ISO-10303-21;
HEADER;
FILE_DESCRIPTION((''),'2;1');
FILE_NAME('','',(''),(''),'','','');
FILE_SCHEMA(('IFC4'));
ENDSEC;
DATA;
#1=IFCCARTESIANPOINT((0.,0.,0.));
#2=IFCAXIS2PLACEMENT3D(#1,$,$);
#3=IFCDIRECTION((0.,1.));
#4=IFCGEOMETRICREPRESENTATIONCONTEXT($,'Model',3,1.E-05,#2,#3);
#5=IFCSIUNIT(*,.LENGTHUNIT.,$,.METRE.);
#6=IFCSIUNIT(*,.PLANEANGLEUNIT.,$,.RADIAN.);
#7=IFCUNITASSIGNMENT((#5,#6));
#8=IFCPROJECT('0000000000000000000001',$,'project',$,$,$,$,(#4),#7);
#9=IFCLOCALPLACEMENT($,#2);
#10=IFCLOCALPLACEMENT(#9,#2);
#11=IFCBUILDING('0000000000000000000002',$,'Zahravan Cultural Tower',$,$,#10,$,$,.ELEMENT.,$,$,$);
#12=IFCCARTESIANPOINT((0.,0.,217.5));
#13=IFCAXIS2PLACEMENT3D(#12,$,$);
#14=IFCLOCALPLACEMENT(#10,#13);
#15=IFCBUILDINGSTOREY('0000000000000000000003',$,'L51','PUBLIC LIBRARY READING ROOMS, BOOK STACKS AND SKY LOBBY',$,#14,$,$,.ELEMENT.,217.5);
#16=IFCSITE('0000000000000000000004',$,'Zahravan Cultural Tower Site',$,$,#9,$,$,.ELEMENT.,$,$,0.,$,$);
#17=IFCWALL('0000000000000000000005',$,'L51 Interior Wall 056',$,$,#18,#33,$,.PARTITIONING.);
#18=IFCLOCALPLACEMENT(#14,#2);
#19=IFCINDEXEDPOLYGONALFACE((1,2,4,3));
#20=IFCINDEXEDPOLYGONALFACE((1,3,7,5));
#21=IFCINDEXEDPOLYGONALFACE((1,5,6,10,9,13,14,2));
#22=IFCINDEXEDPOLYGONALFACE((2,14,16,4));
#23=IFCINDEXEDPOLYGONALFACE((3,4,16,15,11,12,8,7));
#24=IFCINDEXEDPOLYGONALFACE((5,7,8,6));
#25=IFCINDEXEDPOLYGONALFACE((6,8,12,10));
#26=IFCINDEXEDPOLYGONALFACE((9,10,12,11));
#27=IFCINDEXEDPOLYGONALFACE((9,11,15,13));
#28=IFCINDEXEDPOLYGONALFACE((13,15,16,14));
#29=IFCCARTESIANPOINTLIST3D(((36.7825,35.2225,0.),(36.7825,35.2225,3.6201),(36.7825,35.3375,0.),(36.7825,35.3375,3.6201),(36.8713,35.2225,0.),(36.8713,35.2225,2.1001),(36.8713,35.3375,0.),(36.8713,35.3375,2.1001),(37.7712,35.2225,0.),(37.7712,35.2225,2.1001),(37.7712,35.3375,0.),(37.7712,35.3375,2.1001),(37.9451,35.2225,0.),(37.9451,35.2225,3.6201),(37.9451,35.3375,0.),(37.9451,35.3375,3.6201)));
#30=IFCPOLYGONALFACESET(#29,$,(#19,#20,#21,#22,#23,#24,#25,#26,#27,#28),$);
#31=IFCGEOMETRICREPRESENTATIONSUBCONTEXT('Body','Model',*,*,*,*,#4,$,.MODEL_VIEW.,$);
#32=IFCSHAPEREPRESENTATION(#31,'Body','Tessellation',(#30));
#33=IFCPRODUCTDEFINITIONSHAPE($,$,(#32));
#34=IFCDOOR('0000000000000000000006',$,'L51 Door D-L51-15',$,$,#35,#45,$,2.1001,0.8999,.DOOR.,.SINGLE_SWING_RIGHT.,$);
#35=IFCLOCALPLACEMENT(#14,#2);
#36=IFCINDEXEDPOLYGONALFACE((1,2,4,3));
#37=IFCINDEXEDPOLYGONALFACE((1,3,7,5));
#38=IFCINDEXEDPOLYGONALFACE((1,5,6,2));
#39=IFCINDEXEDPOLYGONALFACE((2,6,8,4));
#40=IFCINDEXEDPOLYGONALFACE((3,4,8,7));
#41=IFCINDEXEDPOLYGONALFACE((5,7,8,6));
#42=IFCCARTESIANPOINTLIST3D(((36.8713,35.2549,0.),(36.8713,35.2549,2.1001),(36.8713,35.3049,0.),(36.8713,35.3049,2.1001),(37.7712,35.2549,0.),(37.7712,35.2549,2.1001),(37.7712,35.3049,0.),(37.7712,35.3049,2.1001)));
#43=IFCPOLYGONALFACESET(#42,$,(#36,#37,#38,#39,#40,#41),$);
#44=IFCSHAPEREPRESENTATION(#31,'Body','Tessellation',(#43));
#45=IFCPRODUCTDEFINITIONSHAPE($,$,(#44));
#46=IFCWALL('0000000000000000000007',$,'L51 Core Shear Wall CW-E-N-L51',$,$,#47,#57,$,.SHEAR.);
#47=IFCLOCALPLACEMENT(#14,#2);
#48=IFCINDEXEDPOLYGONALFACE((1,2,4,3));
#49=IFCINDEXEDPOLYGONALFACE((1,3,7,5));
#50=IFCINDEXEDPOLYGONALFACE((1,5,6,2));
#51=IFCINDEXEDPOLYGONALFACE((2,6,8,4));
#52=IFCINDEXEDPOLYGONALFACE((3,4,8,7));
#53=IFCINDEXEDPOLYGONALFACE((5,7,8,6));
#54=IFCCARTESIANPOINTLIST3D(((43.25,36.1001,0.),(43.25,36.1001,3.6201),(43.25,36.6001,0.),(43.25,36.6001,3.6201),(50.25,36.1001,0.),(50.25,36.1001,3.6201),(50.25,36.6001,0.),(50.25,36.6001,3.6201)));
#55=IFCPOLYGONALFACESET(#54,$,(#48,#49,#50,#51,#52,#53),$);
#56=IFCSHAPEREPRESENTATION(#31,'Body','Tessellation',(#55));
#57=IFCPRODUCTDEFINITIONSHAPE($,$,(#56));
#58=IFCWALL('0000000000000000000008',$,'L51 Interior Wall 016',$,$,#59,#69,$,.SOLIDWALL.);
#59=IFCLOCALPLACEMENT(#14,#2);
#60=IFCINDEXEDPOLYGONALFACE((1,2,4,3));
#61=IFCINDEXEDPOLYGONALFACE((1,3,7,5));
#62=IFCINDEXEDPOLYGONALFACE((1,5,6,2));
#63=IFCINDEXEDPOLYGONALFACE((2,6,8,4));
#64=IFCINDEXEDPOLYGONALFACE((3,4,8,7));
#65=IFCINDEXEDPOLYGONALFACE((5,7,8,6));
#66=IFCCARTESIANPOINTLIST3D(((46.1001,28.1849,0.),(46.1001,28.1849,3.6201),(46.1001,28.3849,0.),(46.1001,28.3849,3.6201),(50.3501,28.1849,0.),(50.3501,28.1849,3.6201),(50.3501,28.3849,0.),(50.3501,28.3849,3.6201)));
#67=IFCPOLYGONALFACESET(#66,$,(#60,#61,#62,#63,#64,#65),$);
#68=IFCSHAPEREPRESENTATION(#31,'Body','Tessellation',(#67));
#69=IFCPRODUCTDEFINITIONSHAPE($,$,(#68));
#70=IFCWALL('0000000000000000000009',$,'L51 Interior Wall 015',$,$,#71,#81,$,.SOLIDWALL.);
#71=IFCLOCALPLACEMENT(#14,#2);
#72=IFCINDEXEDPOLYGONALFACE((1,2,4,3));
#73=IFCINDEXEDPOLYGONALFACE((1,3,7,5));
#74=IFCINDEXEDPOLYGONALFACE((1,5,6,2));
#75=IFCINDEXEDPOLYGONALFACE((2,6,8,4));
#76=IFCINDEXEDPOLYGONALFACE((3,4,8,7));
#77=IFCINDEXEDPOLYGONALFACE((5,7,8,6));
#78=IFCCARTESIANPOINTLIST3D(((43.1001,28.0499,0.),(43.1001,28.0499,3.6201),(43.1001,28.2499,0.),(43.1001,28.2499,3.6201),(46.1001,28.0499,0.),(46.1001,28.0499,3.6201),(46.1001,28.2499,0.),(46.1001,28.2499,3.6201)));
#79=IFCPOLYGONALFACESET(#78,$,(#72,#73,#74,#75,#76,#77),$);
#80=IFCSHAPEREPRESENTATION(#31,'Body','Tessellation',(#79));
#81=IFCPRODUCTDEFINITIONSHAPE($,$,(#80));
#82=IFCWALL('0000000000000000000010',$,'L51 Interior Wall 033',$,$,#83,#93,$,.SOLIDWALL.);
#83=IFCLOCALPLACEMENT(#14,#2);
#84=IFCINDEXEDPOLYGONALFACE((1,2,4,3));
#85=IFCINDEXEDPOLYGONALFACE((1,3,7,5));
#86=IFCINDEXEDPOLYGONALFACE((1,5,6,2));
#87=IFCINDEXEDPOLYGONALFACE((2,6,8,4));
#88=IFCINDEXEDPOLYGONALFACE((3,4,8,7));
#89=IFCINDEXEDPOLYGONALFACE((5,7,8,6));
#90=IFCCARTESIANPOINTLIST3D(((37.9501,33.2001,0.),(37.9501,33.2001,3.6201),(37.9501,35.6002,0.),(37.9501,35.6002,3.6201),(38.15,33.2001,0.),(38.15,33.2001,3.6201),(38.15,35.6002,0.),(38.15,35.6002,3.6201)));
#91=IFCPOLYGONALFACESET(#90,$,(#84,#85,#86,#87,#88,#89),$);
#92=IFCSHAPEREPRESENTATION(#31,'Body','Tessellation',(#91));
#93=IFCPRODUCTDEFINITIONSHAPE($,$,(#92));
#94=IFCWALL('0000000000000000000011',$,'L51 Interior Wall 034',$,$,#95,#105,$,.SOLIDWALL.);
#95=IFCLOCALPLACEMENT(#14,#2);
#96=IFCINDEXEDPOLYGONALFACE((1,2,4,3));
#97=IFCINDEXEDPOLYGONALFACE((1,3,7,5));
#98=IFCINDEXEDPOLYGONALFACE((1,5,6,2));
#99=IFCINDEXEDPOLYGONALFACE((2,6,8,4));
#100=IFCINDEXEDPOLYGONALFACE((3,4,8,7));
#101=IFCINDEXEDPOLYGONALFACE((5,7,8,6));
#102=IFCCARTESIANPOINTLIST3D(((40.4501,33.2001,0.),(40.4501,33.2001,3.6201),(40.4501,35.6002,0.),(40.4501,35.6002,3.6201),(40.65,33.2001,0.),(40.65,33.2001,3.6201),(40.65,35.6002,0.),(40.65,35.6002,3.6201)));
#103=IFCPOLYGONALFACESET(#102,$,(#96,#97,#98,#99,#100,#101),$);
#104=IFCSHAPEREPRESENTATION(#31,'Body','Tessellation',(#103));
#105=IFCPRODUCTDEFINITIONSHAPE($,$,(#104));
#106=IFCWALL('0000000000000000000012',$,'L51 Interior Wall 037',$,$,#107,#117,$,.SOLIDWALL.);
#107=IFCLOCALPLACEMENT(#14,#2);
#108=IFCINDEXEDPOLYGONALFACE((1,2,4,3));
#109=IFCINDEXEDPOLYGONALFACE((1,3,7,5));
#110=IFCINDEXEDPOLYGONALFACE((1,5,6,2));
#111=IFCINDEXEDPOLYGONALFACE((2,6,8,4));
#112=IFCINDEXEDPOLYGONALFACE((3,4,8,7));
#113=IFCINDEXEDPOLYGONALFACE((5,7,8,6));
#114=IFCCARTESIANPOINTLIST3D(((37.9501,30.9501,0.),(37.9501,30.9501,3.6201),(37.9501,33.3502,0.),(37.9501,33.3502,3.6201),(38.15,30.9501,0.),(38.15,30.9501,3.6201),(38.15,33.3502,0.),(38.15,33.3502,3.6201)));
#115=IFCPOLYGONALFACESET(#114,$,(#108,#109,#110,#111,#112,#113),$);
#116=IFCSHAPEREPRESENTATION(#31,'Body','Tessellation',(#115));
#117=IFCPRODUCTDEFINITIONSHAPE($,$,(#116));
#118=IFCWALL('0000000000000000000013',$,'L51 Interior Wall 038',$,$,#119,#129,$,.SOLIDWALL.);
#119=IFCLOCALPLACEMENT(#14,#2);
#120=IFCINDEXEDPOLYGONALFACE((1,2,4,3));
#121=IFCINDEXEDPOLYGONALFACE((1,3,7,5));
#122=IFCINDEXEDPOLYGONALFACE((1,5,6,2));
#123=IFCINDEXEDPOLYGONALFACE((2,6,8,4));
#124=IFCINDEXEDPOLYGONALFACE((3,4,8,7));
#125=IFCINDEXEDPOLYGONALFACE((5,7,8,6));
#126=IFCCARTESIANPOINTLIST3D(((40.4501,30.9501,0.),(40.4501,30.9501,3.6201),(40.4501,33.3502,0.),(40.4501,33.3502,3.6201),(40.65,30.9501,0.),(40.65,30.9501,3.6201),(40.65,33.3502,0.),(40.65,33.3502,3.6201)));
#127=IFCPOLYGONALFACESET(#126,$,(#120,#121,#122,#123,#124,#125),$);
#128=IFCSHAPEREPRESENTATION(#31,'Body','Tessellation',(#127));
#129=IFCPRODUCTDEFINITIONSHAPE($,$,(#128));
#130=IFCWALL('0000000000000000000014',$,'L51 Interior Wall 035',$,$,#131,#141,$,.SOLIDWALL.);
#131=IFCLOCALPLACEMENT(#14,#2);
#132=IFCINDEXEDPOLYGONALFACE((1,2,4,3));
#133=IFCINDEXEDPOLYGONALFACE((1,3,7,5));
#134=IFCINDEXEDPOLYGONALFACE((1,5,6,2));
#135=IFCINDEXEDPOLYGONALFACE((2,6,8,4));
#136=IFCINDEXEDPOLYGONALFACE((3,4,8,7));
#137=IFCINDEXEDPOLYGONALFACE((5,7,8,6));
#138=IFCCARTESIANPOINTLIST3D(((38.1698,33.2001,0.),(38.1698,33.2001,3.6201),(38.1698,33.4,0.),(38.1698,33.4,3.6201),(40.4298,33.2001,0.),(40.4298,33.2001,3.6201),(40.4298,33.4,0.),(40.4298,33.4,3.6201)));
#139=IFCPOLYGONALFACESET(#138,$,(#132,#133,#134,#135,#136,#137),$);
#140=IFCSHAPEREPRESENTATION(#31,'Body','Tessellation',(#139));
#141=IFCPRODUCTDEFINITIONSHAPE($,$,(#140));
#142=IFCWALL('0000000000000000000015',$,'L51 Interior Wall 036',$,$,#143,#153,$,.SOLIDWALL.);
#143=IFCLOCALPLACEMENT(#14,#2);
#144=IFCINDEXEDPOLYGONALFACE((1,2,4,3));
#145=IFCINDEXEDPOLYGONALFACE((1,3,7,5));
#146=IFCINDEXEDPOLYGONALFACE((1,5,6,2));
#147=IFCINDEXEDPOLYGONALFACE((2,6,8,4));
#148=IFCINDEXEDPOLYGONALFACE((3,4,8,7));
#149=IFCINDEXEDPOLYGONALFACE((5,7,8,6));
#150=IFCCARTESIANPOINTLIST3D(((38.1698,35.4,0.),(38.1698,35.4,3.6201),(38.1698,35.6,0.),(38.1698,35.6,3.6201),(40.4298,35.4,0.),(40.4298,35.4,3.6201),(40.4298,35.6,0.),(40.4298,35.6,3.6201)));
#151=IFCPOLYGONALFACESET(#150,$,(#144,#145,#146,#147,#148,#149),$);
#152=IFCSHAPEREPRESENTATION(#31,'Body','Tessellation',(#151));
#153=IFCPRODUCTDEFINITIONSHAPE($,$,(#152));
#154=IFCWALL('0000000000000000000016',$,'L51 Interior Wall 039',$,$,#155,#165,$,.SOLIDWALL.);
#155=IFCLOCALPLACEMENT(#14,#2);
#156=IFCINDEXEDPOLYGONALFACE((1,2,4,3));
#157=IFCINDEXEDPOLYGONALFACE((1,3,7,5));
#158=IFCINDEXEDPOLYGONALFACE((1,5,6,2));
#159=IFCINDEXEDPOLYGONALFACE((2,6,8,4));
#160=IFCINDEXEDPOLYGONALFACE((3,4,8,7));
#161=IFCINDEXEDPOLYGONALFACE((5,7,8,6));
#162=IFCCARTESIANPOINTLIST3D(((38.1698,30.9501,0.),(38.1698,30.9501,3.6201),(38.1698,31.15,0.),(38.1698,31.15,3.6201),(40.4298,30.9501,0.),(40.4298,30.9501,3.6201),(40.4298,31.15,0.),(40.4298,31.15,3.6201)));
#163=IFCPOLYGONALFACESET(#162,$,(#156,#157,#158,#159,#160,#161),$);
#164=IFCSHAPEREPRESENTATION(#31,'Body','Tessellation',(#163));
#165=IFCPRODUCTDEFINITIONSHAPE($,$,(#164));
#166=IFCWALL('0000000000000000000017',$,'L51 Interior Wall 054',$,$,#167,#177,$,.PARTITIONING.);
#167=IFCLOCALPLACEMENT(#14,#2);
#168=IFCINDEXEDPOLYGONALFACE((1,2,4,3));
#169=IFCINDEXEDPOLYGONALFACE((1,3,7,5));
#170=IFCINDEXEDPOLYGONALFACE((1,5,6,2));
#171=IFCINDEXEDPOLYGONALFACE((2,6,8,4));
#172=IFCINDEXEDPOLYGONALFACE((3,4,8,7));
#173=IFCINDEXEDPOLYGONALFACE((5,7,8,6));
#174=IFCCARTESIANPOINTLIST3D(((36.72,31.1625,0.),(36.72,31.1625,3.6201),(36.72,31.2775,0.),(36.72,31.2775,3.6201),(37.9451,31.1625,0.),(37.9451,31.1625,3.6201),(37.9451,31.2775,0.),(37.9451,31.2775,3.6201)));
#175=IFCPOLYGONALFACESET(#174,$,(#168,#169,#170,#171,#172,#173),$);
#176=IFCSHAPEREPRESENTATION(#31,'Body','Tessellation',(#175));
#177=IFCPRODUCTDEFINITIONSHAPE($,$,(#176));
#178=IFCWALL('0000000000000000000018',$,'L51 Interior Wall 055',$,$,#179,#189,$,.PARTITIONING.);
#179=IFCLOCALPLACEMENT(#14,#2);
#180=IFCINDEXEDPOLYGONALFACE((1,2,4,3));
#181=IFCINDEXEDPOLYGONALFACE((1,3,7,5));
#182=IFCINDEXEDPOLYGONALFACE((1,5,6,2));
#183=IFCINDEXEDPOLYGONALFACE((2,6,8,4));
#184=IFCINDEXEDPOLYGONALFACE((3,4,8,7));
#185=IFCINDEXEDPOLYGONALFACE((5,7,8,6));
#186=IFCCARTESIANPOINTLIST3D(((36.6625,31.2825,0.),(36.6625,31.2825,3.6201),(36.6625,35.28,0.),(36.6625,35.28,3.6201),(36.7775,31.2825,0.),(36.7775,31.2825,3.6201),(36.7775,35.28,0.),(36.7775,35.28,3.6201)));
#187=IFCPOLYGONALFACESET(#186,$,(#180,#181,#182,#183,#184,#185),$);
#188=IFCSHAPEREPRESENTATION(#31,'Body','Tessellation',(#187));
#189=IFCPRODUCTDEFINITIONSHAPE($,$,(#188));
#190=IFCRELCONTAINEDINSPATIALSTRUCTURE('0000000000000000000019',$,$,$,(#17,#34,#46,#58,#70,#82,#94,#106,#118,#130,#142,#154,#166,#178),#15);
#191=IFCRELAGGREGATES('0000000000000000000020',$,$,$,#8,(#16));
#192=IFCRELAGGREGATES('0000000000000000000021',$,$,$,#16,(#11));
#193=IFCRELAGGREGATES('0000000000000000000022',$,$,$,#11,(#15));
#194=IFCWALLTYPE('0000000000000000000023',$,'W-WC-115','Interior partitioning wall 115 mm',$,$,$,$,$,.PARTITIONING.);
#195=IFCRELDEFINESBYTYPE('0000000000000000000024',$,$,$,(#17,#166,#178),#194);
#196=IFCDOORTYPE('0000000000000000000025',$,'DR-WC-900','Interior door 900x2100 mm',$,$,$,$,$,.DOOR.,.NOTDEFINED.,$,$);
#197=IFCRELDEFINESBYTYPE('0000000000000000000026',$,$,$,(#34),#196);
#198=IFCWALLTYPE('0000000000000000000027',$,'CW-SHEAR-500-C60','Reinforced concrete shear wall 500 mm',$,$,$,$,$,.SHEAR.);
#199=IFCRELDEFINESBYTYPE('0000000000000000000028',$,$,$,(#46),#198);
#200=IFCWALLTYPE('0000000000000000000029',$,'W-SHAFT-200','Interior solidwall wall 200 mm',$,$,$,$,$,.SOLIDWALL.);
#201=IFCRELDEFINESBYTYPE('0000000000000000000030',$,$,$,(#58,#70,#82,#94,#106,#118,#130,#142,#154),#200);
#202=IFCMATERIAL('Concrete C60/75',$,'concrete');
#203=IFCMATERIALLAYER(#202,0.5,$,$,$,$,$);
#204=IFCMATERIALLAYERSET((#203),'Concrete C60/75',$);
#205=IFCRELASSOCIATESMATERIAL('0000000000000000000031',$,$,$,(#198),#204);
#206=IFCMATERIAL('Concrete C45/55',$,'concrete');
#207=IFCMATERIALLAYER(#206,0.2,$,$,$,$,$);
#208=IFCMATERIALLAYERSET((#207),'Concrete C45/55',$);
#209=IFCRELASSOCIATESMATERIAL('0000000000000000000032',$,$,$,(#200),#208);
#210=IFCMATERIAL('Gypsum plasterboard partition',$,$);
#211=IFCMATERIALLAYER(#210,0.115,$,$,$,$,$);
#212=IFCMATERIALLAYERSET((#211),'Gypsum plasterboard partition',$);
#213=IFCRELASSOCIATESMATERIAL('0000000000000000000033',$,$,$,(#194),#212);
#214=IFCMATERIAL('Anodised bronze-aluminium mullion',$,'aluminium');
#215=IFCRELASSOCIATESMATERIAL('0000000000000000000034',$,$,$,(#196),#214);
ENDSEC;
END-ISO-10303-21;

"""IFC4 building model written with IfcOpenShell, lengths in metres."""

from ifc_helpers import new_model, si_unit, direction, frame, frame_2d, origin, place, context, subcontext, project, spatial, rectangle, extrude, source, transform, mapped, material, layer, layer_set, type_object, element, fill, save


model = new_model("IFC4")

# Units and contexts
model_context = context("Model", 3, precision=1e-05, world=origin(), true_north=direction((0.0, 1.0)))
body_context = subcontext(model_context, "Body", "Model", "MODEL_VIEW")
ifc_project = project(units=[si_unit("LENGTHUNIT", "METRE"), si_unit("PLANEANGLEUNIT", "RADIAN")], contexts=[model_context])

# Site, building, storey
site_placement = place(None, origin())
site = spatial("IfcSite", under=ifc_project, at=site_placement, Name="Zahravan Cultural Tower Site", CompositionType="ELEMENT", RefElevation=0.0)
building_placement = place(site_placement, origin())
building = spatial("IfcBuilding", under=site, at=building_placement, Name="Zahravan Cultural Tower", CompositionType="ELEMENT")
storey_placement = place(building_placement, frame((0.0, 0.0, 217.5)))
storey = spatial("IfcBuildingStorey", under=building, at=storey_placement, Name="L51", Description="PUBLIC LIBRARY READING ROOMS, BOOK STACKS AND SKY LOBBY", CompositionType="ELEMENT", Elevation=217.5)

# Wall, opening, door
ifc_material_1 = material(Name="Concrete C60/75", Category="concrete")
ifc_layer_1 = layer(ifc_material_1, 0.5)
ifc_layer_set_1 = layer_set([ifc_layer_1], Name="Concrete C60/75")
wall_type_1 = type_object("IfcWallType", Name="CW-SHEAR-500-C60", Description="Reinforced concrete shear wall 500 mm", PredefinedType="SHEAR", material=ifc_layer_set_1)
ifc_material_2 = material(Name="Gypsum plasterboard partition")
ifc_material_3 = material(Name="Anodised bronze-aluminium mullion", Category="aluminium")
ifc_material_4 = material(Name="Concrete C45/55", Category="concrete")
ifc_layer_2 = layer(ifc_material_4, 0.2)
ifc_layer_set_2 = layer_set([ifc_layer_2], Name="Concrete C45/55")
wall_type_2 = type_object("IfcWallType", Name="W-SHAFT-200", Description="Interior solidwall wall 200 mm", PredefinedType="SOLIDWALL", material=ifc_layer_set_2)
ifc_layer_3 = layer(ifc_material_2, 0.115)
ifc_layer_set_3 = layer_set([ifc_layer_3], Name="Gypsum plasterboard partition")
wall_type_3 = type_object("IfcWallType", Name="W-WC-115", Description="Interior partitioning wall 115 mm", PredefinedType="PARTITIONING", material=ifc_layer_set_3)
wall_1_placement = place(storey_placement, frame((36.7825, 35.28, 0.0), z_axis=(0.0, 0.0, 1.0), x_axis=(1.0, 0.0, 0.0)))
wall_1 = element("IfcWall", 1, at=wall_1_placement, inside=storey, type_object=wall_type_3, Name="L51 Interior Wall 056", PredefinedType="PARTITIONING", context=body_context, shape_type="SweptSolid", body=[
    extrude(rectangle(XDim=1.1626, YDim=0.115, at=frame_2d((0.5813, 0.0))), origin(), (0.0, 0.0, 1.0), 3.6201),
])
opening_1_placement = place(wall_1_placement, frame((0.0889, 0.0, 0.0)))
opening_1 = element("IfcOpeningElement", 2, at=opening_1_placement, cuts=wall_1, PredefinedType="OPENING", context=body_context, shape_type="SweptSolid", body=[
    extrude(rectangle(XDim=0.8999, YDim=2.1001, at=frame_2d((0.45, 1.05))), frame((0.0, 0.0674, 0.0), z_axis=(0.0, -1.0, 0.0), x_axis=(1.0, 0.0, 0.0)), (0.0, 0.0, 1.0), 0.135),
])
door_type_1 = type_object("IfcDoorType", Name="DR-WC-900", Description="Interior door 900x2100 mm", OperationType="NOTDEFINED", PredefinedType="DOOR", material=ifc_material_3)
shared_shape_1 = source(origin(), body_context, "Body", "SweptSolid", [
    extrude(rectangle(XDim=0.8999, YDim=2.1001, at=frame_2d((0.45, 1.05))), frame((0.0, 0.0249, 0.0), z_axis=(0.0, -1.0, 0.0), x_axis=(1.0, 0.0, 0.0)), (0.0, 0.0, 1.0), 0.05),
])
door_1_placement = place(opening_1_placement, origin())
door_1 = element("IfcDoor", 3, at=door_1_placement, inside=storey, type_object=door_type_1, Name="L51 Door D-L51-15", OperationType="SINGLE_SWING_RIGHT", OverallHeight=2.1001, OverallWidth=0.8999, PredefinedType="DOOR", context=body_context, shape_type="MappedRepresentation", body=[
    mapped(shared_shape_1, transform((0.0, 0.0, 0.0), x_axis=(1.0, 0.0, 0.0), y_axis=(0.0, 1.0, 0.0), z_axis=(0.0, 0.0, 1.0), scale=1.0)),
])
fill(opening_1, door_1)

# Walls
shared_shape_2 = source(origin(), body_context, "Body", "SweptSolid", [
    extrude(rectangle(XDim=7.0, YDim=0.5, at=frame_2d((3.5, 0.0))), origin(), (0.0, 0.0, 1.0), 3.6201),
])
wall_2_placement = place(storey_placement, frame((43.25, 36.3501, 0.0), z_axis=(0.0, 0.0, 1.0), x_axis=(1.0, 0.0, 0.0)))
element("IfcWall", 4, at=wall_2_placement, inside=storey, type_object=wall_type_1, Name="L51 Core Shear Wall CW-E-N-L51", PredefinedType="SHEAR", context=body_context, shape_type="MappedRepresentation", body=[
    mapped(shared_shape_2, transform((0.0, 0.0, 0.0), x_axis=(1.0, 0.0, 0.0), y_axis=(0.0, 1.0, 0.0), z_axis=(0.0, 0.0, 1.0), scale=1.0)),
])
shared_shape_3 = source(origin(), body_context, "Body", "SweptSolid", [
    extrude(rectangle(XDim=4.25, YDim=0.2, at=frame_2d((2.125, 0.0))), origin(), (0.0, 0.0, 1.0), 3.6201),
])
wall_3_placement = place(storey_placement, frame((46.1001, 28.2849, 0.0), z_axis=(0.0, 0.0, 1.0), x_axis=(1.0, 0.0, 0.0)))
element("IfcWall", 5, at=wall_3_placement, inside=storey, type_object=wall_type_2, Name="L51 Interior Wall 016", PredefinedType="SOLIDWALL", context=body_context, shape_type="MappedRepresentation", body=[
    mapped(shared_shape_3, transform((0.0, 0.0, 0.0), x_axis=(1.0, 0.0, 0.0), y_axis=(0.0, 1.0, 0.0), z_axis=(0.0, 0.0, 1.0), scale=1.0)),
])
shared_shape_4 = source(origin(), body_context, "Body", "SweptSolid", [
    extrude(rectangle(XDim=3.0, YDim=0.2, at=frame_2d((1.5, 0.0))), origin(), (0.0, 0.0, 1.0), 3.6201),
])
wall_4_placement = place(storey_placement, frame((43.1001, 28.1499, 0.0), z_axis=(0.0, 0.0, 1.0), x_axis=(1.0, 0.0, 0.0)))
element("IfcWall", 6, at=wall_4_placement, inside=storey, type_object=wall_type_2, Name="L51 Interior Wall 015", PredefinedType="SOLIDWALL", context=body_context, shape_type="MappedRepresentation", body=[
    mapped(shared_shape_4, transform((0.0, 0.0, 0.0), x_axis=(1.0, 0.0, 0.0), y_axis=(0.0, 1.0, 0.0), z_axis=(0.0, 0.0, 1.0), scale=1.0)),
])
shared_shape_5 = source(origin(), body_context, "Body", "SweptSolid", [
    extrude(rectangle(XDim=2.4001, YDim=0.2, at=frame_2d((1.2002, 0.0))), origin(), (0.0, 0.0, 1.0), 3.6201),
])
for number, where, z_axis, x_axis, name in (
    (7, (38.05, 33.2, 0.0), (0.0, 0.0, 1.0), (0.0, 1.0, 0.0), "L51 Interior Wall 033"),
    (8, (40.55, 33.2, 0.0), (0.0, 0.0, 1.0), (0.0, 1.0, 0.0), "L51 Interior Wall 034"),
    (9, (38.05, 30.95, 0.0), (0.0, 0.0, 1.0), (0.0, 1.0, 0.0), "L51 Interior Wall 037"),
    (10, (40.55, 30.95, 0.0), (0.0, 0.0, 1.0), (0.0, 1.0, 0.0), "L51 Interior Wall 038"),
):
    element("IfcWall", number, at=place(storey_placement, frame(where, z_axis=z_axis, x_axis=x_axis)), inside=storey, type_object=wall_type_2, Name=name, PredefinedType="SOLIDWALL", context=body_context, shape_type="MappedRepresentation", body=[
        mapped(shared_shape_5, transform((0.0, 0.0, 0.0), x_axis=(1.0, 0.0, 0.0), y_axis=(0.0, 1.0, 0.0), z_axis=(0.0, 0.0, 1.0), scale=1.0)),
    ])
shared_shape_6 = source(origin(), body_context, "Body", "SweptSolid", [
    extrude(rectangle(XDim=2.26, YDim=0.2, at=frame_2d((1.1299, 0.0))), origin(), (0.0, 0.0, 1.0), 3.6201),
])
for number, where, z_axis, x_axis, name in (
    (11, (38.1699, 33.3, 0.0), (0.0, 0.0, 1.0), (1.0, 0.0, 0.0), "L51 Interior Wall 035"),
    (12, (38.1699, 35.5, 0.0), (0.0, 0.0, 1.0), (1.0, 0.0, 0.0), "L51 Interior Wall 036"),
    (13, (38.1699, 31.05, 0.0), (0.0, 0.0, 1.0), (1.0, 0.0, 0.0), "L51 Interior Wall 039"),
):
    element("IfcWall", number, at=place(storey_placement, frame(where, z_axis=z_axis, x_axis=x_axis)), inside=storey, type_object=wall_type_2, Name=name, PredefinedType="SOLIDWALL", context=body_context, shape_type="MappedRepresentation", body=[
        mapped(shared_shape_6, transform((0.0, 0.0, 0.0), x_axis=(1.0, 0.0, 0.0), y_axis=(0.0, 1.0, 0.0), z_axis=(0.0, 0.0, 1.0), scale=1.0)),
    ])
shared_shape_7 = source(origin(), body_context, "Body", "SweptSolid", [
    extrude(rectangle(XDim=1.2251, YDim=0.115, at=frame_2d((0.6125, 0.0))), origin(), (0.0, 0.0, 1.0), 3.6201),
])
wall_5_placement = place(storey_placement, frame((37.9451, 31.22, 0.0), z_axis=(0.0, 0.0, 1.0), x_axis=(-1.0, 0.0, 0.0)))
element("IfcWall", 14, at=wall_5_placement, inside=storey, type_object=wall_type_3, Name="L51 Interior Wall 054", PredefinedType="PARTITIONING", context=body_context, shape_type="MappedRepresentation", body=[
    mapped(shared_shape_7, transform((0.0, 0.0, 0.0), x_axis=(1.0, 0.0, 0.0), y_axis=(0.0, 1.0, 0.0), z_axis=(0.0, 0.0, 1.0), scale=1.0)),
])
shared_shape_8 = source(origin(), body_context, "Body", "SweptSolid", [
    extrude(rectangle(XDim=3.9976, YDim=0.115, at=frame_2d((1.9988, 0.0))), origin(), (0.0, 0.0, 1.0), 3.6201),
])
wall_6_placement = place(storey_placement, frame((36.72, 31.2825, 0.0), z_axis=(0.0, 0.0, 1.0), x_axis=(0.0, 1.0, 0.0)))
element("IfcWall", 15, at=wall_6_placement, inside=storey, type_object=wall_type_3, Name="L51 Interior Wall 055", PredefinedType="PARTITIONING", context=body_context, shape_type="MappedRepresentation", body=[
    mapped(shared_shape_8, transform((0.0, 0.0, 0.0), x_axis=(1.0, 0.0, 0.0), y_axis=(0.0, 1.0, 0.0), z_axis=(0.0, 0.0, 1.0), scale=1.0)),
])

save(model, "model.ifc")
